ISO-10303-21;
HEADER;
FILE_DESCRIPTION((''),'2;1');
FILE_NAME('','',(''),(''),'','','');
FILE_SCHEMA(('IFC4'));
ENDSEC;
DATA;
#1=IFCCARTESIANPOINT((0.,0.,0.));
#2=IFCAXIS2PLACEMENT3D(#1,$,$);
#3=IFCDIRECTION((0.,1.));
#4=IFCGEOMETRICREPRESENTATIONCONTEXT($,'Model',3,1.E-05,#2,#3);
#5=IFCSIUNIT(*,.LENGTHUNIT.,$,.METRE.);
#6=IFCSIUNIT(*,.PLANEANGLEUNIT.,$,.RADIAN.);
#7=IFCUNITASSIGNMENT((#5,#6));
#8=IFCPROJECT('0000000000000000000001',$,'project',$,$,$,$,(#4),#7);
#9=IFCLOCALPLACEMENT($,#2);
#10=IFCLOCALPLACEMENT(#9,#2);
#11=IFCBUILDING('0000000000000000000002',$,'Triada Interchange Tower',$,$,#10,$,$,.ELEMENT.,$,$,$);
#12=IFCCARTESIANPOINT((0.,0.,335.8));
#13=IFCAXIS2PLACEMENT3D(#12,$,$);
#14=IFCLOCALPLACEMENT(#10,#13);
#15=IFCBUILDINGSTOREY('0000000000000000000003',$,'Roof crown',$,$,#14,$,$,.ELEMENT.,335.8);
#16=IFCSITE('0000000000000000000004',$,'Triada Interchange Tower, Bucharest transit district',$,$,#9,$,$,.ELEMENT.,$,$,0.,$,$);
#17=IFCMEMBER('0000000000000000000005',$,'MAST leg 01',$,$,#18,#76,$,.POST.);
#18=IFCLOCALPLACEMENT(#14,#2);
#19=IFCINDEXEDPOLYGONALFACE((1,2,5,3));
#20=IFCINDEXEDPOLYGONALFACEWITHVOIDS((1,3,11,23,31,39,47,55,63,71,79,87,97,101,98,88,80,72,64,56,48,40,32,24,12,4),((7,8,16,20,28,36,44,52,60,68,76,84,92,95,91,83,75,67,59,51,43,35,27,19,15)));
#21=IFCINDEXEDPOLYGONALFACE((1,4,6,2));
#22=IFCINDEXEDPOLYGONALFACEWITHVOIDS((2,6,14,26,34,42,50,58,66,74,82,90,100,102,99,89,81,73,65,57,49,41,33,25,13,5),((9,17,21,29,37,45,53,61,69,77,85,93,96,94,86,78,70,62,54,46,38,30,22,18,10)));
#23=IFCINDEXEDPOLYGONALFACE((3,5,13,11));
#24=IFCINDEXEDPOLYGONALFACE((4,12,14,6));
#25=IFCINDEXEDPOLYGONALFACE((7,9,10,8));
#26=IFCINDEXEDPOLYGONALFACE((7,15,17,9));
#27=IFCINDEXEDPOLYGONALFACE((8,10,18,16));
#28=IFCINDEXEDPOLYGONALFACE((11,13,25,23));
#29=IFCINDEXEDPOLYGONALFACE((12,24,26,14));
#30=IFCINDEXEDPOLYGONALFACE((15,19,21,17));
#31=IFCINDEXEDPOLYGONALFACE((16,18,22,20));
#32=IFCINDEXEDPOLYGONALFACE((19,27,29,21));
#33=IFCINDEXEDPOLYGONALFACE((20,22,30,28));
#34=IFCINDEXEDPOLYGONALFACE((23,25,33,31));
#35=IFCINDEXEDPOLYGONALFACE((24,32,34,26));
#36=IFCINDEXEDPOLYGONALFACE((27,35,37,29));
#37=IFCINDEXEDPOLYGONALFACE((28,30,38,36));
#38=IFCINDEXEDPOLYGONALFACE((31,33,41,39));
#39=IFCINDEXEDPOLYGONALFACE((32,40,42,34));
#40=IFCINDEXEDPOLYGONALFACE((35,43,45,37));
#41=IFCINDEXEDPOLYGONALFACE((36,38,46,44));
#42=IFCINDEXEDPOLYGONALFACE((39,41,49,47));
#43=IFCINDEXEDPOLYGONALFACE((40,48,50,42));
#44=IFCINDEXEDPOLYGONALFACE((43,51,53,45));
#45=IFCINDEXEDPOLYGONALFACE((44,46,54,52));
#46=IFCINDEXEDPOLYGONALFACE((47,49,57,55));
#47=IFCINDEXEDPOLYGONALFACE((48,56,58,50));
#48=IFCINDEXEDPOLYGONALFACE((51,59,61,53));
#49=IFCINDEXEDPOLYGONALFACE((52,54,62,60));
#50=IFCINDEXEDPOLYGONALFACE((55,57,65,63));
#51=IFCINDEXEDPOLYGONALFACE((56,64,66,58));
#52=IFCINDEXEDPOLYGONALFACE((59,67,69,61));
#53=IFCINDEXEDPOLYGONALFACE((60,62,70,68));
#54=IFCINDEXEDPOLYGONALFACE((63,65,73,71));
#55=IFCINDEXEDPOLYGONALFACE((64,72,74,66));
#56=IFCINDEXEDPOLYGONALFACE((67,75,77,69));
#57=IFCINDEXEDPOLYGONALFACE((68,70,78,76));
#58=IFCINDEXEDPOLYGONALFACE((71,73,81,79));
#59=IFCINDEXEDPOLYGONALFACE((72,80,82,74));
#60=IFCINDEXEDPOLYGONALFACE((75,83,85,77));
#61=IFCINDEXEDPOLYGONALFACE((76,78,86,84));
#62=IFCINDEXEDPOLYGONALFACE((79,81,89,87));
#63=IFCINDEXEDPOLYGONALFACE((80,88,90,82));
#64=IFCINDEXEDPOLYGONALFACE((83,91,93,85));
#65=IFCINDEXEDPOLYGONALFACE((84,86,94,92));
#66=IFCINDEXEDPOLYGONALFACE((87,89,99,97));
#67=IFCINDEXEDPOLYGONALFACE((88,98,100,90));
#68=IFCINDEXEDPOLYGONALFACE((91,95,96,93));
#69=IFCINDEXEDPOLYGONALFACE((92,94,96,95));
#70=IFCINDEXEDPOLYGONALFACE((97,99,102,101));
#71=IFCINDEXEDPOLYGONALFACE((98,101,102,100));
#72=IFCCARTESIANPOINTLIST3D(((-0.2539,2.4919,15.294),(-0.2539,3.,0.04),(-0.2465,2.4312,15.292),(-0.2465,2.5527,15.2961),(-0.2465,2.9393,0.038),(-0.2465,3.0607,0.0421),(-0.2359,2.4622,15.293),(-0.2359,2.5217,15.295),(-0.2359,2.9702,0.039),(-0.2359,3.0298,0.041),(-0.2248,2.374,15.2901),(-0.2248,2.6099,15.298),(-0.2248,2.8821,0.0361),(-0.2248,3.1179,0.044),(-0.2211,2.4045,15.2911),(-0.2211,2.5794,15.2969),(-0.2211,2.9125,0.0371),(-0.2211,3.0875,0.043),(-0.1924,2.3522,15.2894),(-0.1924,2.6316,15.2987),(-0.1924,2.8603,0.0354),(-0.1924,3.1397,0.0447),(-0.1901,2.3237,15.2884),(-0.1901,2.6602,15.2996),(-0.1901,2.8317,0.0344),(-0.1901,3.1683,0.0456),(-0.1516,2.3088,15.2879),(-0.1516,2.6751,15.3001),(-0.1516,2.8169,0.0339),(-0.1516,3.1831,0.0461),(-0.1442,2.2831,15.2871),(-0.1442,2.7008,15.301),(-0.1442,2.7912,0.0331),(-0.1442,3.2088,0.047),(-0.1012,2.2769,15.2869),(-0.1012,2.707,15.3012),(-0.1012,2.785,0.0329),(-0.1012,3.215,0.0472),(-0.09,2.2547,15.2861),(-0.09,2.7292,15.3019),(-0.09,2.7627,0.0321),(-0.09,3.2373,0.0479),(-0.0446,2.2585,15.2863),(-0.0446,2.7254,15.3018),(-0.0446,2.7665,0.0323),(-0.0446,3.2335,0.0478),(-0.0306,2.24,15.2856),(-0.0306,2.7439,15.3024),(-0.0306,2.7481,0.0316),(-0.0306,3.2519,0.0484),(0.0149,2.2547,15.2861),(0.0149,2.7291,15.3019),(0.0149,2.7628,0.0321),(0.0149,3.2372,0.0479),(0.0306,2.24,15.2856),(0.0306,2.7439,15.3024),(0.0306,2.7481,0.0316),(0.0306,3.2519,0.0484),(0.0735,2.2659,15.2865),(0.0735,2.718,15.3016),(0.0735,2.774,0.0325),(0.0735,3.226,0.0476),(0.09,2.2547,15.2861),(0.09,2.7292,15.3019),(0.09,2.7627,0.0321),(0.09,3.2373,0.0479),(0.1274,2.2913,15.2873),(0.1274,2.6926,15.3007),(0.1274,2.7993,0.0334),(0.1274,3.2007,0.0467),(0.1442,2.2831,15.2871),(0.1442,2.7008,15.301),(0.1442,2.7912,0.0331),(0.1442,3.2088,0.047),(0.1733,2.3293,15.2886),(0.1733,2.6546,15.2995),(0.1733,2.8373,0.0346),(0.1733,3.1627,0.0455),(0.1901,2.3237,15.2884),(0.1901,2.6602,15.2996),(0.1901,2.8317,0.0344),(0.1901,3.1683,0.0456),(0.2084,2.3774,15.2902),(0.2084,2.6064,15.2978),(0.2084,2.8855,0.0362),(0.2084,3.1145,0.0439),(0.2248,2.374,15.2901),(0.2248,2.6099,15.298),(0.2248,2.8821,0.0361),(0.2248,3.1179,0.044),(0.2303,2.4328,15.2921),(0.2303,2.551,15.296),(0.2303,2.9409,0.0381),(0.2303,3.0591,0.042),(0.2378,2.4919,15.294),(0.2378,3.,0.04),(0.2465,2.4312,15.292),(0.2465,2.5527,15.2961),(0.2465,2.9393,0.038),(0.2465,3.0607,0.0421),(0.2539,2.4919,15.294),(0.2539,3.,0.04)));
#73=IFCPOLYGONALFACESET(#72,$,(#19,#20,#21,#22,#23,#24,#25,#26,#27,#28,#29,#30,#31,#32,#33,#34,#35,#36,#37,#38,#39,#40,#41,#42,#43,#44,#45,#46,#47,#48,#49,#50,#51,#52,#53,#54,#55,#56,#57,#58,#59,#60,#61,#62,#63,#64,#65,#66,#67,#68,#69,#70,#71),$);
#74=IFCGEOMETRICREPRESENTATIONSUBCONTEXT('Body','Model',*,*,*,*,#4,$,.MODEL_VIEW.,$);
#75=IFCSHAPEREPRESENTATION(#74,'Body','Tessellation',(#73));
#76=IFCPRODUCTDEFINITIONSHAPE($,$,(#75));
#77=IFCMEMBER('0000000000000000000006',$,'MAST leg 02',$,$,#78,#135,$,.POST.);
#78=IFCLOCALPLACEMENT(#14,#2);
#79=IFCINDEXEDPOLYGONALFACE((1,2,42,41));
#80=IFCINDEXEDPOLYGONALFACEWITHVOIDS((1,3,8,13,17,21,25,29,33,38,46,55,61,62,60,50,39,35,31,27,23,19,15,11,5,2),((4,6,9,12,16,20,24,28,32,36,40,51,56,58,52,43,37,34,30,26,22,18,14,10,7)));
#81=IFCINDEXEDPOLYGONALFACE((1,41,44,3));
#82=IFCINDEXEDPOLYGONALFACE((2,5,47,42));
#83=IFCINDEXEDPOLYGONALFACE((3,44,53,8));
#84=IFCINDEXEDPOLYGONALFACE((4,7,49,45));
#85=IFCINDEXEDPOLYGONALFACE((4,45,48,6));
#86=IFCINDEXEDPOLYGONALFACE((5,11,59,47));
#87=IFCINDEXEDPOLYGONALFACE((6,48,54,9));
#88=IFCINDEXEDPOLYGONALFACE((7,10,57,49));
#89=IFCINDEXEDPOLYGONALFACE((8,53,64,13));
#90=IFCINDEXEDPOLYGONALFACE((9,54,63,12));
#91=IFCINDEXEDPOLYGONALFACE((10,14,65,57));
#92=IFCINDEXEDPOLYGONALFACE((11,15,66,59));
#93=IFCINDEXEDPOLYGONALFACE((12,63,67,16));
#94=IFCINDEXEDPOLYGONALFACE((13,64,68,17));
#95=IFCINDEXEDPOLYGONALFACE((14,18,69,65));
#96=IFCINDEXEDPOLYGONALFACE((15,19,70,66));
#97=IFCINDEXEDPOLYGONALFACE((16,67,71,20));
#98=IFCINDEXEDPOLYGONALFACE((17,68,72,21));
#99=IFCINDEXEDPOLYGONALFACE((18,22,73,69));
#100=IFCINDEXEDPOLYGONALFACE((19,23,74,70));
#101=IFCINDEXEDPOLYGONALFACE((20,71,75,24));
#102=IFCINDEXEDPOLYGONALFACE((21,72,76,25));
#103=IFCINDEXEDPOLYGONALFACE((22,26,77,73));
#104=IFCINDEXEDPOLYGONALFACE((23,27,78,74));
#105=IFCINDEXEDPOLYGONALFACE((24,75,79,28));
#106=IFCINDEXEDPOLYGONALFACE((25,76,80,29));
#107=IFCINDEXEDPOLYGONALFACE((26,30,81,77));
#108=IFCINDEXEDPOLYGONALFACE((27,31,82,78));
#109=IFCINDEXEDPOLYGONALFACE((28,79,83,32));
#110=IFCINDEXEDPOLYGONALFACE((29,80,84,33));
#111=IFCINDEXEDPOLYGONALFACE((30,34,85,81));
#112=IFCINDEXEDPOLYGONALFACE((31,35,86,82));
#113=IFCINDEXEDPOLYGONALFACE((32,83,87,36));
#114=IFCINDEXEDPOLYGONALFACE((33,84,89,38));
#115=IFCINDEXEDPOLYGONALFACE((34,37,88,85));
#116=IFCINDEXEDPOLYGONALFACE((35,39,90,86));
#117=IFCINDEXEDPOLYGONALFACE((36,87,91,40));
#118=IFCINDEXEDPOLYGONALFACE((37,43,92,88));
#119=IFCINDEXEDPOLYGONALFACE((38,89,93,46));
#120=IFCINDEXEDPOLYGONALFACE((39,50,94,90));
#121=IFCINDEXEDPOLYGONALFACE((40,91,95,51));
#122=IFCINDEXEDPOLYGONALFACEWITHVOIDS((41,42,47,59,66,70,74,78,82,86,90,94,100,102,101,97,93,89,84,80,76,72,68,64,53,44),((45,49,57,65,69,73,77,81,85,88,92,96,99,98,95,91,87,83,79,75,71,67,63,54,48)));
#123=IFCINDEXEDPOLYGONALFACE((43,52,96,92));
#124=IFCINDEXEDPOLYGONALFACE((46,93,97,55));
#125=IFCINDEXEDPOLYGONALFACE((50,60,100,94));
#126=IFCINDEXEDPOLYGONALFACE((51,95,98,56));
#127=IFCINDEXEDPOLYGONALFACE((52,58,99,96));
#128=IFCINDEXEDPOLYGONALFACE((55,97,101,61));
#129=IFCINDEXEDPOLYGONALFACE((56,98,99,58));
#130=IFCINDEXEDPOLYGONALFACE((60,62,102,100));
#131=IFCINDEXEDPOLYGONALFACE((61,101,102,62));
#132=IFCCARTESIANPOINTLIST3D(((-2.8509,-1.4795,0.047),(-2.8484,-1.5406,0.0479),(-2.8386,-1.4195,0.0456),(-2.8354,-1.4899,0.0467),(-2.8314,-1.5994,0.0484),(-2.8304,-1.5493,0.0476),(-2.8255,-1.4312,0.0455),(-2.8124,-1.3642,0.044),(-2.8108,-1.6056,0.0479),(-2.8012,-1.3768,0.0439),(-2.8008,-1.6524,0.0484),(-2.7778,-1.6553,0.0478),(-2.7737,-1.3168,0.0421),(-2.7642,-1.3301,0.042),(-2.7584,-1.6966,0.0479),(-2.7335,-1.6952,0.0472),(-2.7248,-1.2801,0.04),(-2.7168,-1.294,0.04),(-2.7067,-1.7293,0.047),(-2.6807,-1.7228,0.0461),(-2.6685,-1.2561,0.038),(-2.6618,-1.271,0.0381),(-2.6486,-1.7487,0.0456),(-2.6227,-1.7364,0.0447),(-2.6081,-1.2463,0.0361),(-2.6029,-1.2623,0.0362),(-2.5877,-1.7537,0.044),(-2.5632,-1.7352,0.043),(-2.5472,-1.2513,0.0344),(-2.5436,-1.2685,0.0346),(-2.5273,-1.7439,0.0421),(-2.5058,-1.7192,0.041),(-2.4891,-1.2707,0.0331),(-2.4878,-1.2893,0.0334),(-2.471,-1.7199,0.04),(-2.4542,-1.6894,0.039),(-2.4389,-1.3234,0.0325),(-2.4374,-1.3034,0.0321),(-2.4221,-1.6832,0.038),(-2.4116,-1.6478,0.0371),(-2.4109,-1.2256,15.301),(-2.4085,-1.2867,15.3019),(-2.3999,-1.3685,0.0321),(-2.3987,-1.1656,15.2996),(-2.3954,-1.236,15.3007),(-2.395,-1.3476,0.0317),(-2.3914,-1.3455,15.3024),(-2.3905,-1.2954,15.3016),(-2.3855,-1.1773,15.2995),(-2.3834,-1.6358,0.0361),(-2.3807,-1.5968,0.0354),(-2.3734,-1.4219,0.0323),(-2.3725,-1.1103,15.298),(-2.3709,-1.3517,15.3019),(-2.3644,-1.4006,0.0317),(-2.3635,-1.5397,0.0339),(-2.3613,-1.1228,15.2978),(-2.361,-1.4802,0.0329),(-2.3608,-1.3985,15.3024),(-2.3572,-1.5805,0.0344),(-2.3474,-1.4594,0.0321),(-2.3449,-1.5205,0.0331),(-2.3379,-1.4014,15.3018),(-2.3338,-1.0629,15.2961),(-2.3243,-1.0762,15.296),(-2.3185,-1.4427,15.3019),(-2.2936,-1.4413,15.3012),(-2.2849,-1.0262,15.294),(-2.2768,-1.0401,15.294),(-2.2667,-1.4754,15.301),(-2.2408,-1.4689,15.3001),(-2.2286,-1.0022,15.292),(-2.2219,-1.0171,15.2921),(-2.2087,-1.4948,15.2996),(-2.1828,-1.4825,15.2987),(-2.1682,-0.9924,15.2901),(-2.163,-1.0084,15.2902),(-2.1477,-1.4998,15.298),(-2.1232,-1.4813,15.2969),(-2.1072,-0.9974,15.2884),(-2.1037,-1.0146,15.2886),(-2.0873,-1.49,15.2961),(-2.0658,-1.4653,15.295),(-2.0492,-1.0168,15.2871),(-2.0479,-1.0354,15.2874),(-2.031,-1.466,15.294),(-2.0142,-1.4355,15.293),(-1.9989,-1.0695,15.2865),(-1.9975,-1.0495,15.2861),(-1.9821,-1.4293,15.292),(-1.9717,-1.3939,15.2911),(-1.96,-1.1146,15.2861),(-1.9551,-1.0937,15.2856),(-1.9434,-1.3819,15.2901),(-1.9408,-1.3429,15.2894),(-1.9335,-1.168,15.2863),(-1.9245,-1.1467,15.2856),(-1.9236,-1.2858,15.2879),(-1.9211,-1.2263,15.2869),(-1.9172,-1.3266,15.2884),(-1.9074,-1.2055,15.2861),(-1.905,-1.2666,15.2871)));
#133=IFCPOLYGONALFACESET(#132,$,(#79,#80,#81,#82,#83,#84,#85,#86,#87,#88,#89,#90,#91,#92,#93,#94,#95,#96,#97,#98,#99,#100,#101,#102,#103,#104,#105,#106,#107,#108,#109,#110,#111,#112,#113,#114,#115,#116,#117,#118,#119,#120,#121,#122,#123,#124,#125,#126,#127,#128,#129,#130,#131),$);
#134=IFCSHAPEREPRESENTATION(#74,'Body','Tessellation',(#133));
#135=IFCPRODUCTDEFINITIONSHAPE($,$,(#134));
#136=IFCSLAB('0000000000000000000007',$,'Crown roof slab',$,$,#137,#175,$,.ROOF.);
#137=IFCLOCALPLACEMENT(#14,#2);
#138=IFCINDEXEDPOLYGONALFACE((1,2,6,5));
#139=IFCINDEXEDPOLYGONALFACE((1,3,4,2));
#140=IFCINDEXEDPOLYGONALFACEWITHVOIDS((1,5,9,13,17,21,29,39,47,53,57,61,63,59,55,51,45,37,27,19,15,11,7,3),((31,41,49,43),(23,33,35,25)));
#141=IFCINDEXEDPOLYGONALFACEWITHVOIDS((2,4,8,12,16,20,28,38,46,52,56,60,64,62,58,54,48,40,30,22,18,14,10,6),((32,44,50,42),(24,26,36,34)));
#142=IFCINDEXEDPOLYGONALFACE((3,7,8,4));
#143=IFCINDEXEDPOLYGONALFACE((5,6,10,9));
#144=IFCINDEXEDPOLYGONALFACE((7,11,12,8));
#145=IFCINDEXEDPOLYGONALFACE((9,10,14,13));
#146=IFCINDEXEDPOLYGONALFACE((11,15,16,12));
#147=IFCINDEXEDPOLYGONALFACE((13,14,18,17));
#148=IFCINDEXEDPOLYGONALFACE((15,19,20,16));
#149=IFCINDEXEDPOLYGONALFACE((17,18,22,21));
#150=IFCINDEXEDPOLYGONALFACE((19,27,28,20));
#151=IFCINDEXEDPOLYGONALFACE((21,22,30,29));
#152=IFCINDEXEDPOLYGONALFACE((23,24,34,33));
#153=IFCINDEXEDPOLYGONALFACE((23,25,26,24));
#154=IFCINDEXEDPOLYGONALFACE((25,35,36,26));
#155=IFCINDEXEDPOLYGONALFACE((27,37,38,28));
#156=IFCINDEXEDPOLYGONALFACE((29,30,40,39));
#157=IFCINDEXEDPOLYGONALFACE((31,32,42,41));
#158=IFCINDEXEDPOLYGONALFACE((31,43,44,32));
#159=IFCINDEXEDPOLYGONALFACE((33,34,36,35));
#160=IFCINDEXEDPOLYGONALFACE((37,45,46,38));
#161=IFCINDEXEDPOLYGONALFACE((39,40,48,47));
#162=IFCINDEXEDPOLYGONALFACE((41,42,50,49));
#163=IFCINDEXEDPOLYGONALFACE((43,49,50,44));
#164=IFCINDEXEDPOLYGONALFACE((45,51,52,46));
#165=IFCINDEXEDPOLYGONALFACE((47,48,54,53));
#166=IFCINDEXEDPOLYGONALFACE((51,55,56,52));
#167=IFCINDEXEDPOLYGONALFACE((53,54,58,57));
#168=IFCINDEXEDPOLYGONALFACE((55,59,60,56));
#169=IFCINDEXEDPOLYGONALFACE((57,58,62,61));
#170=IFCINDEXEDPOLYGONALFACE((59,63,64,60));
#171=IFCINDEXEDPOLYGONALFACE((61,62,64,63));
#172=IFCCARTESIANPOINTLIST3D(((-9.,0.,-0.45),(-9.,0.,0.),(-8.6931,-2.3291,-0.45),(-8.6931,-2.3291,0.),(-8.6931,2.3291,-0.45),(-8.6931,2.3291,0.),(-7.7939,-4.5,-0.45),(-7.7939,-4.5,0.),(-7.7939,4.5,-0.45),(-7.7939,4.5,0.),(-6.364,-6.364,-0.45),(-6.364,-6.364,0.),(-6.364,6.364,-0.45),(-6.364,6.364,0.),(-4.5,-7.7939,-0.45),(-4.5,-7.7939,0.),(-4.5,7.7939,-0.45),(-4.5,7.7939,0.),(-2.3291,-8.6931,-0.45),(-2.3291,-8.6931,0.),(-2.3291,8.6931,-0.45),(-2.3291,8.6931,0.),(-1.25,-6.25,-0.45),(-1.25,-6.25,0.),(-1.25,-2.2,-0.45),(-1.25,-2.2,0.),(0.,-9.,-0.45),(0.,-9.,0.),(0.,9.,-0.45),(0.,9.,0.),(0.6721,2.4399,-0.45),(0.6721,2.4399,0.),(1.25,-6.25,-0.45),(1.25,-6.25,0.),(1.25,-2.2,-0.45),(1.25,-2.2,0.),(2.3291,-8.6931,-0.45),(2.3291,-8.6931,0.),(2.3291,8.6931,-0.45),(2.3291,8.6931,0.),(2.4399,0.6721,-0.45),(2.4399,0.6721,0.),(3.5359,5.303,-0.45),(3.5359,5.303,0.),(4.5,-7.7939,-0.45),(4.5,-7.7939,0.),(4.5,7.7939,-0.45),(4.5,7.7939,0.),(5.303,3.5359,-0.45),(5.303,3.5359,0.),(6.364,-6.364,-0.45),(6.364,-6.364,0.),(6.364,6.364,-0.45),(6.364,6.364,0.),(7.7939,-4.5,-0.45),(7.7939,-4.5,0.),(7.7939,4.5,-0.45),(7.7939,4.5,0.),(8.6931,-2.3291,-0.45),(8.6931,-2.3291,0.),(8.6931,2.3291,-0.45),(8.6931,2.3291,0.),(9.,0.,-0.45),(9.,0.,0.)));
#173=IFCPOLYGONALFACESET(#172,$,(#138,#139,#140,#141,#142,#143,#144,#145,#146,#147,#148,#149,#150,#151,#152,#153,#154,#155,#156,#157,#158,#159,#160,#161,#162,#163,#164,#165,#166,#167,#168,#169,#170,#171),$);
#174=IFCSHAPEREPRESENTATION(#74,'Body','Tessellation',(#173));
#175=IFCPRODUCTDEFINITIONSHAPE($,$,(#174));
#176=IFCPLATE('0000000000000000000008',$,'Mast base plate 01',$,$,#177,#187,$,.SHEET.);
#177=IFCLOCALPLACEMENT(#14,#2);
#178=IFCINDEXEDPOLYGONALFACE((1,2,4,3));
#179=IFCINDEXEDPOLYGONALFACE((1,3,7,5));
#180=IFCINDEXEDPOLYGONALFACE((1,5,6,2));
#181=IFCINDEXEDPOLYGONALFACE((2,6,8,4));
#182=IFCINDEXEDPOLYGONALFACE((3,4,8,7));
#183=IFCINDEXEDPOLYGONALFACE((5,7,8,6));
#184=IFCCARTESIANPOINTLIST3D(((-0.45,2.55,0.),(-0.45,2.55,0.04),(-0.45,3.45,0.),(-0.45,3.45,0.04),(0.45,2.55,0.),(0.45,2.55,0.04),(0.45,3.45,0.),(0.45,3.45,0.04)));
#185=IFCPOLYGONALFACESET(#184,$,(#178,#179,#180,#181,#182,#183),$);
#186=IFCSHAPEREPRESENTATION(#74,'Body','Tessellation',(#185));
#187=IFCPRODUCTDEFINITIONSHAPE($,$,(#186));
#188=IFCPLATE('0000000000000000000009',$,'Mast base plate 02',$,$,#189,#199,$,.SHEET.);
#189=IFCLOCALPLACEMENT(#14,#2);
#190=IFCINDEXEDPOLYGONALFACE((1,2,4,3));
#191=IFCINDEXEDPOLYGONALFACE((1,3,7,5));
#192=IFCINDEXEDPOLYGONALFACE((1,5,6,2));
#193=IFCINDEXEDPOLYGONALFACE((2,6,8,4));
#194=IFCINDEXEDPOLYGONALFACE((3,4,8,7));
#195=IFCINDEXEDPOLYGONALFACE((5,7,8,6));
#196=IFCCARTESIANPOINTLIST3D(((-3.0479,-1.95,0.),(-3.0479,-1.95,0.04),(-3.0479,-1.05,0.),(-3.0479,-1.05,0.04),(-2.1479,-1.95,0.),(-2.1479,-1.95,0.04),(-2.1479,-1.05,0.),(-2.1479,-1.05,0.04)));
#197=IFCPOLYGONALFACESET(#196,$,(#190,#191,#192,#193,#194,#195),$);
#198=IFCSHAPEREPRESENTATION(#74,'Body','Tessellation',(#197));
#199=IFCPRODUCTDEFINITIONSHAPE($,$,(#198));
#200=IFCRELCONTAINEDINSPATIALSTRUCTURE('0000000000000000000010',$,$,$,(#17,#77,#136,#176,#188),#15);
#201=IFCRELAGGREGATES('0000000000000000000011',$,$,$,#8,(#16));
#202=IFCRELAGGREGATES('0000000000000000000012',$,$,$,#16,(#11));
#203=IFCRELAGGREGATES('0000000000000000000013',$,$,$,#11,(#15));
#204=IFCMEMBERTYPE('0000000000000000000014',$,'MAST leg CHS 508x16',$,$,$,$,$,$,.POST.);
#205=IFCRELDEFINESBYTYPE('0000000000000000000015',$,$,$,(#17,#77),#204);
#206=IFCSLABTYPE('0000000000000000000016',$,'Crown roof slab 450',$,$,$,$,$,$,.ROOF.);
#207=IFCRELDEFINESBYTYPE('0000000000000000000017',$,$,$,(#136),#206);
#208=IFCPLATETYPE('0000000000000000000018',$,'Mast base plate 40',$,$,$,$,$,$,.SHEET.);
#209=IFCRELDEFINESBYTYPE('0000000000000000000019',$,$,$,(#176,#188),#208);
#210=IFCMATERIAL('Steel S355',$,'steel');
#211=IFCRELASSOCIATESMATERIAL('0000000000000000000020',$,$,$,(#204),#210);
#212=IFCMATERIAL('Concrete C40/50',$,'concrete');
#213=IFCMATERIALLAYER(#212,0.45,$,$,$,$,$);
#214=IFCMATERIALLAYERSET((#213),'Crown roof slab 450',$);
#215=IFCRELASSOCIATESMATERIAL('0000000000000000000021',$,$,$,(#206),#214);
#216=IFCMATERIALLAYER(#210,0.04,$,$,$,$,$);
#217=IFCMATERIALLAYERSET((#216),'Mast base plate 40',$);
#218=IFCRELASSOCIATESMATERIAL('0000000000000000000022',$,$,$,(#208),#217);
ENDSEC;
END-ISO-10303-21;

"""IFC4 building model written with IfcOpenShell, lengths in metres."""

from ifc_helpers import new_model, si_unit, direction, frame, origin, origin_2d, place, context, subcontext, project, spatial, polyline, rectangle, hollow_circle, outline, extrude, material, layer, layer_set, material_profile, profile_set, type_object, element, save


model = new_model("IFC4")

# Units and contexts
model_context = context("Model", 3, precision=1e-05, world=origin(), true_north=direction((0.0, 1.0)))
body_context = subcontext(model_context, "Body", "Model", "MODEL_VIEW")
ifc_project = project(units=[si_unit("LENGTHUNIT", "METRE"), si_unit("PLANEANGLEUNIT", "RADIAN")], contexts=[model_context])

# Site, building, storey
site_placement = place(None, origin())
site = spatial("IfcSite", under=ifc_project, at=site_placement, Name="Triada Interchange Tower, Bucharest transit district", CompositionType="ELEMENT", RefElevation=0.0)
building_placement = place(site_placement, origin())
building = spatial("IfcBuilding", under=site, at=building_placement, Name="Triada Interchange Tower", CompositionType="ELEMENT")
storey_placement = place(building_placement, frame((0.0, 0.0, 335.8)))
storey = spatial("IfcBuildingStorey", under=building, at=storey_placement, Name="Roof crown", CompositionType="ELEMENT", Elevation=335.8)

# Members
ifc_material_1 = material(Name="Steel S355", Category="steel")
ifc_material_profile = material_profile(ifc_material_1, hollow_circle(Radius=0.2539, WallThickness=0.0161, at=origin_2d()), Name="CHS 508x16")
ifc_profile_set = profile_set([ifc_material_profile], Name="Steel S355")
member_type = type_object("IfcMemberType", Name="MAST leg CHS 508x16", PredefinedType="POST", material=ifc_profile_set)
for number, where, z_axis, x_axis, name in (
    (1, (0.0, 3.0, 0.04), (0.0, -0.033288, 0.999446), (1.0, 0.0, 0.0), "MAST leg 01"),
    (2, (-2.5979, -1.5, 0.04), (0.028825, 0.016636, 0.999446), (-0.499861, 0.866106, 0.0), "MAST leg 02"),
):
    element("IfcMember", number, at=place(storey_placement, frame(where, z_axis=z_axis, x_axis=x_axis)), inside=storey, type_object=member_type, Name=name, PredefinedType="POST", context=body_context, shape_type="SweptSolid", body=[
        extrude(hollow_circle(Radius=0.2539, WallThickness=0.0161, at=origin_2d()), origin(), (0.0, 0.0, 1.0), 15.2625),
    ])

# Slab
ifc_material_2 = material(Name="Concrete C40/50", Category="concrete")
ifc_layer_1 = layer(ifc_material_2, 0.45)
ifc_layer_set_1 = layer_set([ifc_layer_1], Name="Crown roof slab 450")
slab_type = type_object("IfcSlabType", Name="Crown roof slab 450", PredefinedType="ROOF", material=ifc_layer_set_1)
slab_placement = place(storey_placement, frame((0.0, 0.0, -0.45)))
element("IfcSlab", 3, at=slab_placement, inside=storey, type_object=slab_type, Name="Crown roof slab", PredefinedType="ROOF", context=body_context, shape_type="SweptSolid", body=[
    extrude(outline(polyline([(9.0, 0.0), (8.6931, 2.3291), (7.7939, 4.5), (6.364, 6.364), (4.5, 7.7939), (2.3291, 8.6931), (0.0, 9.0), (-2.3291, 8.6931), (-4.5, 7.7939), (-6.364, 6.364), (-7.7939, 4.5), (-8.6931, 2.3291), (-9.0, 0.0), (-8.6931, -2.3291), (-7.7939, -4.5), (-6.364, -6.364), (-4.5, -7.7939), (-2.3291, -8.6931), (0.0, -9.0), (2.3291, -8.6931), (4.5, -7.7939), (6.364, -6.364), (7.7939, -4.5), (8.6931, -2.3291), (9.0, 0.0)]), holes=[polyline([(0.6721, 2.4399), (3.5359, 5.303), (5.303, 3.5359), (2.4399, 0.6721), (0.6721, 2.4399)]), polyline([(1.25, -2.2), (1.25, -6.25), (-1.25, -6.25), (-1.25, -2.2), (1.25, -2.2)])]), origin(), (0.0, 0.0, 1.0), 0.45),
])

# Plates
ifc_layer_2 = layer(ifc_material_1, 0.04)
ifc_layer_set_2 = layer_set([ifc_layer_2], Name="Mast base plate 40")
plate_type = type_object("IfcPlateType", Name="Mast base plate 40", PredefinedType="SHEET", material=ifc_layer_set_2)
for number, where, z_axis, x_axis, name in (
    (4, (0.0, 3.0, 0.0), (0.0, 0.0, 1.0), (1.0, 0.0, 0.0), "Mast base plate 01"),
    (5, (-2.5979, -1.5, 0.0), (0.0, 0.0, 1.0), (1.0, 0.0, 0.0), "Mast base plate 02"),
):
    element("IfcPlate", number, at=place(storey_placement, frame(where, z_axis=z_axis, x_axis=x_axis)), inside=storey, type_object=plate_type, Name=name, PredefinedType="SHEET", context=body_context, shape_type="SweptSolid", body=[
        extrude(rectangle(XDim=0.8999, YDim=0.8999, at=origin_2d()), origin(), (0.0, 0.0, 1.0), 0.04),
    ])

save(model, "model.ifc")
